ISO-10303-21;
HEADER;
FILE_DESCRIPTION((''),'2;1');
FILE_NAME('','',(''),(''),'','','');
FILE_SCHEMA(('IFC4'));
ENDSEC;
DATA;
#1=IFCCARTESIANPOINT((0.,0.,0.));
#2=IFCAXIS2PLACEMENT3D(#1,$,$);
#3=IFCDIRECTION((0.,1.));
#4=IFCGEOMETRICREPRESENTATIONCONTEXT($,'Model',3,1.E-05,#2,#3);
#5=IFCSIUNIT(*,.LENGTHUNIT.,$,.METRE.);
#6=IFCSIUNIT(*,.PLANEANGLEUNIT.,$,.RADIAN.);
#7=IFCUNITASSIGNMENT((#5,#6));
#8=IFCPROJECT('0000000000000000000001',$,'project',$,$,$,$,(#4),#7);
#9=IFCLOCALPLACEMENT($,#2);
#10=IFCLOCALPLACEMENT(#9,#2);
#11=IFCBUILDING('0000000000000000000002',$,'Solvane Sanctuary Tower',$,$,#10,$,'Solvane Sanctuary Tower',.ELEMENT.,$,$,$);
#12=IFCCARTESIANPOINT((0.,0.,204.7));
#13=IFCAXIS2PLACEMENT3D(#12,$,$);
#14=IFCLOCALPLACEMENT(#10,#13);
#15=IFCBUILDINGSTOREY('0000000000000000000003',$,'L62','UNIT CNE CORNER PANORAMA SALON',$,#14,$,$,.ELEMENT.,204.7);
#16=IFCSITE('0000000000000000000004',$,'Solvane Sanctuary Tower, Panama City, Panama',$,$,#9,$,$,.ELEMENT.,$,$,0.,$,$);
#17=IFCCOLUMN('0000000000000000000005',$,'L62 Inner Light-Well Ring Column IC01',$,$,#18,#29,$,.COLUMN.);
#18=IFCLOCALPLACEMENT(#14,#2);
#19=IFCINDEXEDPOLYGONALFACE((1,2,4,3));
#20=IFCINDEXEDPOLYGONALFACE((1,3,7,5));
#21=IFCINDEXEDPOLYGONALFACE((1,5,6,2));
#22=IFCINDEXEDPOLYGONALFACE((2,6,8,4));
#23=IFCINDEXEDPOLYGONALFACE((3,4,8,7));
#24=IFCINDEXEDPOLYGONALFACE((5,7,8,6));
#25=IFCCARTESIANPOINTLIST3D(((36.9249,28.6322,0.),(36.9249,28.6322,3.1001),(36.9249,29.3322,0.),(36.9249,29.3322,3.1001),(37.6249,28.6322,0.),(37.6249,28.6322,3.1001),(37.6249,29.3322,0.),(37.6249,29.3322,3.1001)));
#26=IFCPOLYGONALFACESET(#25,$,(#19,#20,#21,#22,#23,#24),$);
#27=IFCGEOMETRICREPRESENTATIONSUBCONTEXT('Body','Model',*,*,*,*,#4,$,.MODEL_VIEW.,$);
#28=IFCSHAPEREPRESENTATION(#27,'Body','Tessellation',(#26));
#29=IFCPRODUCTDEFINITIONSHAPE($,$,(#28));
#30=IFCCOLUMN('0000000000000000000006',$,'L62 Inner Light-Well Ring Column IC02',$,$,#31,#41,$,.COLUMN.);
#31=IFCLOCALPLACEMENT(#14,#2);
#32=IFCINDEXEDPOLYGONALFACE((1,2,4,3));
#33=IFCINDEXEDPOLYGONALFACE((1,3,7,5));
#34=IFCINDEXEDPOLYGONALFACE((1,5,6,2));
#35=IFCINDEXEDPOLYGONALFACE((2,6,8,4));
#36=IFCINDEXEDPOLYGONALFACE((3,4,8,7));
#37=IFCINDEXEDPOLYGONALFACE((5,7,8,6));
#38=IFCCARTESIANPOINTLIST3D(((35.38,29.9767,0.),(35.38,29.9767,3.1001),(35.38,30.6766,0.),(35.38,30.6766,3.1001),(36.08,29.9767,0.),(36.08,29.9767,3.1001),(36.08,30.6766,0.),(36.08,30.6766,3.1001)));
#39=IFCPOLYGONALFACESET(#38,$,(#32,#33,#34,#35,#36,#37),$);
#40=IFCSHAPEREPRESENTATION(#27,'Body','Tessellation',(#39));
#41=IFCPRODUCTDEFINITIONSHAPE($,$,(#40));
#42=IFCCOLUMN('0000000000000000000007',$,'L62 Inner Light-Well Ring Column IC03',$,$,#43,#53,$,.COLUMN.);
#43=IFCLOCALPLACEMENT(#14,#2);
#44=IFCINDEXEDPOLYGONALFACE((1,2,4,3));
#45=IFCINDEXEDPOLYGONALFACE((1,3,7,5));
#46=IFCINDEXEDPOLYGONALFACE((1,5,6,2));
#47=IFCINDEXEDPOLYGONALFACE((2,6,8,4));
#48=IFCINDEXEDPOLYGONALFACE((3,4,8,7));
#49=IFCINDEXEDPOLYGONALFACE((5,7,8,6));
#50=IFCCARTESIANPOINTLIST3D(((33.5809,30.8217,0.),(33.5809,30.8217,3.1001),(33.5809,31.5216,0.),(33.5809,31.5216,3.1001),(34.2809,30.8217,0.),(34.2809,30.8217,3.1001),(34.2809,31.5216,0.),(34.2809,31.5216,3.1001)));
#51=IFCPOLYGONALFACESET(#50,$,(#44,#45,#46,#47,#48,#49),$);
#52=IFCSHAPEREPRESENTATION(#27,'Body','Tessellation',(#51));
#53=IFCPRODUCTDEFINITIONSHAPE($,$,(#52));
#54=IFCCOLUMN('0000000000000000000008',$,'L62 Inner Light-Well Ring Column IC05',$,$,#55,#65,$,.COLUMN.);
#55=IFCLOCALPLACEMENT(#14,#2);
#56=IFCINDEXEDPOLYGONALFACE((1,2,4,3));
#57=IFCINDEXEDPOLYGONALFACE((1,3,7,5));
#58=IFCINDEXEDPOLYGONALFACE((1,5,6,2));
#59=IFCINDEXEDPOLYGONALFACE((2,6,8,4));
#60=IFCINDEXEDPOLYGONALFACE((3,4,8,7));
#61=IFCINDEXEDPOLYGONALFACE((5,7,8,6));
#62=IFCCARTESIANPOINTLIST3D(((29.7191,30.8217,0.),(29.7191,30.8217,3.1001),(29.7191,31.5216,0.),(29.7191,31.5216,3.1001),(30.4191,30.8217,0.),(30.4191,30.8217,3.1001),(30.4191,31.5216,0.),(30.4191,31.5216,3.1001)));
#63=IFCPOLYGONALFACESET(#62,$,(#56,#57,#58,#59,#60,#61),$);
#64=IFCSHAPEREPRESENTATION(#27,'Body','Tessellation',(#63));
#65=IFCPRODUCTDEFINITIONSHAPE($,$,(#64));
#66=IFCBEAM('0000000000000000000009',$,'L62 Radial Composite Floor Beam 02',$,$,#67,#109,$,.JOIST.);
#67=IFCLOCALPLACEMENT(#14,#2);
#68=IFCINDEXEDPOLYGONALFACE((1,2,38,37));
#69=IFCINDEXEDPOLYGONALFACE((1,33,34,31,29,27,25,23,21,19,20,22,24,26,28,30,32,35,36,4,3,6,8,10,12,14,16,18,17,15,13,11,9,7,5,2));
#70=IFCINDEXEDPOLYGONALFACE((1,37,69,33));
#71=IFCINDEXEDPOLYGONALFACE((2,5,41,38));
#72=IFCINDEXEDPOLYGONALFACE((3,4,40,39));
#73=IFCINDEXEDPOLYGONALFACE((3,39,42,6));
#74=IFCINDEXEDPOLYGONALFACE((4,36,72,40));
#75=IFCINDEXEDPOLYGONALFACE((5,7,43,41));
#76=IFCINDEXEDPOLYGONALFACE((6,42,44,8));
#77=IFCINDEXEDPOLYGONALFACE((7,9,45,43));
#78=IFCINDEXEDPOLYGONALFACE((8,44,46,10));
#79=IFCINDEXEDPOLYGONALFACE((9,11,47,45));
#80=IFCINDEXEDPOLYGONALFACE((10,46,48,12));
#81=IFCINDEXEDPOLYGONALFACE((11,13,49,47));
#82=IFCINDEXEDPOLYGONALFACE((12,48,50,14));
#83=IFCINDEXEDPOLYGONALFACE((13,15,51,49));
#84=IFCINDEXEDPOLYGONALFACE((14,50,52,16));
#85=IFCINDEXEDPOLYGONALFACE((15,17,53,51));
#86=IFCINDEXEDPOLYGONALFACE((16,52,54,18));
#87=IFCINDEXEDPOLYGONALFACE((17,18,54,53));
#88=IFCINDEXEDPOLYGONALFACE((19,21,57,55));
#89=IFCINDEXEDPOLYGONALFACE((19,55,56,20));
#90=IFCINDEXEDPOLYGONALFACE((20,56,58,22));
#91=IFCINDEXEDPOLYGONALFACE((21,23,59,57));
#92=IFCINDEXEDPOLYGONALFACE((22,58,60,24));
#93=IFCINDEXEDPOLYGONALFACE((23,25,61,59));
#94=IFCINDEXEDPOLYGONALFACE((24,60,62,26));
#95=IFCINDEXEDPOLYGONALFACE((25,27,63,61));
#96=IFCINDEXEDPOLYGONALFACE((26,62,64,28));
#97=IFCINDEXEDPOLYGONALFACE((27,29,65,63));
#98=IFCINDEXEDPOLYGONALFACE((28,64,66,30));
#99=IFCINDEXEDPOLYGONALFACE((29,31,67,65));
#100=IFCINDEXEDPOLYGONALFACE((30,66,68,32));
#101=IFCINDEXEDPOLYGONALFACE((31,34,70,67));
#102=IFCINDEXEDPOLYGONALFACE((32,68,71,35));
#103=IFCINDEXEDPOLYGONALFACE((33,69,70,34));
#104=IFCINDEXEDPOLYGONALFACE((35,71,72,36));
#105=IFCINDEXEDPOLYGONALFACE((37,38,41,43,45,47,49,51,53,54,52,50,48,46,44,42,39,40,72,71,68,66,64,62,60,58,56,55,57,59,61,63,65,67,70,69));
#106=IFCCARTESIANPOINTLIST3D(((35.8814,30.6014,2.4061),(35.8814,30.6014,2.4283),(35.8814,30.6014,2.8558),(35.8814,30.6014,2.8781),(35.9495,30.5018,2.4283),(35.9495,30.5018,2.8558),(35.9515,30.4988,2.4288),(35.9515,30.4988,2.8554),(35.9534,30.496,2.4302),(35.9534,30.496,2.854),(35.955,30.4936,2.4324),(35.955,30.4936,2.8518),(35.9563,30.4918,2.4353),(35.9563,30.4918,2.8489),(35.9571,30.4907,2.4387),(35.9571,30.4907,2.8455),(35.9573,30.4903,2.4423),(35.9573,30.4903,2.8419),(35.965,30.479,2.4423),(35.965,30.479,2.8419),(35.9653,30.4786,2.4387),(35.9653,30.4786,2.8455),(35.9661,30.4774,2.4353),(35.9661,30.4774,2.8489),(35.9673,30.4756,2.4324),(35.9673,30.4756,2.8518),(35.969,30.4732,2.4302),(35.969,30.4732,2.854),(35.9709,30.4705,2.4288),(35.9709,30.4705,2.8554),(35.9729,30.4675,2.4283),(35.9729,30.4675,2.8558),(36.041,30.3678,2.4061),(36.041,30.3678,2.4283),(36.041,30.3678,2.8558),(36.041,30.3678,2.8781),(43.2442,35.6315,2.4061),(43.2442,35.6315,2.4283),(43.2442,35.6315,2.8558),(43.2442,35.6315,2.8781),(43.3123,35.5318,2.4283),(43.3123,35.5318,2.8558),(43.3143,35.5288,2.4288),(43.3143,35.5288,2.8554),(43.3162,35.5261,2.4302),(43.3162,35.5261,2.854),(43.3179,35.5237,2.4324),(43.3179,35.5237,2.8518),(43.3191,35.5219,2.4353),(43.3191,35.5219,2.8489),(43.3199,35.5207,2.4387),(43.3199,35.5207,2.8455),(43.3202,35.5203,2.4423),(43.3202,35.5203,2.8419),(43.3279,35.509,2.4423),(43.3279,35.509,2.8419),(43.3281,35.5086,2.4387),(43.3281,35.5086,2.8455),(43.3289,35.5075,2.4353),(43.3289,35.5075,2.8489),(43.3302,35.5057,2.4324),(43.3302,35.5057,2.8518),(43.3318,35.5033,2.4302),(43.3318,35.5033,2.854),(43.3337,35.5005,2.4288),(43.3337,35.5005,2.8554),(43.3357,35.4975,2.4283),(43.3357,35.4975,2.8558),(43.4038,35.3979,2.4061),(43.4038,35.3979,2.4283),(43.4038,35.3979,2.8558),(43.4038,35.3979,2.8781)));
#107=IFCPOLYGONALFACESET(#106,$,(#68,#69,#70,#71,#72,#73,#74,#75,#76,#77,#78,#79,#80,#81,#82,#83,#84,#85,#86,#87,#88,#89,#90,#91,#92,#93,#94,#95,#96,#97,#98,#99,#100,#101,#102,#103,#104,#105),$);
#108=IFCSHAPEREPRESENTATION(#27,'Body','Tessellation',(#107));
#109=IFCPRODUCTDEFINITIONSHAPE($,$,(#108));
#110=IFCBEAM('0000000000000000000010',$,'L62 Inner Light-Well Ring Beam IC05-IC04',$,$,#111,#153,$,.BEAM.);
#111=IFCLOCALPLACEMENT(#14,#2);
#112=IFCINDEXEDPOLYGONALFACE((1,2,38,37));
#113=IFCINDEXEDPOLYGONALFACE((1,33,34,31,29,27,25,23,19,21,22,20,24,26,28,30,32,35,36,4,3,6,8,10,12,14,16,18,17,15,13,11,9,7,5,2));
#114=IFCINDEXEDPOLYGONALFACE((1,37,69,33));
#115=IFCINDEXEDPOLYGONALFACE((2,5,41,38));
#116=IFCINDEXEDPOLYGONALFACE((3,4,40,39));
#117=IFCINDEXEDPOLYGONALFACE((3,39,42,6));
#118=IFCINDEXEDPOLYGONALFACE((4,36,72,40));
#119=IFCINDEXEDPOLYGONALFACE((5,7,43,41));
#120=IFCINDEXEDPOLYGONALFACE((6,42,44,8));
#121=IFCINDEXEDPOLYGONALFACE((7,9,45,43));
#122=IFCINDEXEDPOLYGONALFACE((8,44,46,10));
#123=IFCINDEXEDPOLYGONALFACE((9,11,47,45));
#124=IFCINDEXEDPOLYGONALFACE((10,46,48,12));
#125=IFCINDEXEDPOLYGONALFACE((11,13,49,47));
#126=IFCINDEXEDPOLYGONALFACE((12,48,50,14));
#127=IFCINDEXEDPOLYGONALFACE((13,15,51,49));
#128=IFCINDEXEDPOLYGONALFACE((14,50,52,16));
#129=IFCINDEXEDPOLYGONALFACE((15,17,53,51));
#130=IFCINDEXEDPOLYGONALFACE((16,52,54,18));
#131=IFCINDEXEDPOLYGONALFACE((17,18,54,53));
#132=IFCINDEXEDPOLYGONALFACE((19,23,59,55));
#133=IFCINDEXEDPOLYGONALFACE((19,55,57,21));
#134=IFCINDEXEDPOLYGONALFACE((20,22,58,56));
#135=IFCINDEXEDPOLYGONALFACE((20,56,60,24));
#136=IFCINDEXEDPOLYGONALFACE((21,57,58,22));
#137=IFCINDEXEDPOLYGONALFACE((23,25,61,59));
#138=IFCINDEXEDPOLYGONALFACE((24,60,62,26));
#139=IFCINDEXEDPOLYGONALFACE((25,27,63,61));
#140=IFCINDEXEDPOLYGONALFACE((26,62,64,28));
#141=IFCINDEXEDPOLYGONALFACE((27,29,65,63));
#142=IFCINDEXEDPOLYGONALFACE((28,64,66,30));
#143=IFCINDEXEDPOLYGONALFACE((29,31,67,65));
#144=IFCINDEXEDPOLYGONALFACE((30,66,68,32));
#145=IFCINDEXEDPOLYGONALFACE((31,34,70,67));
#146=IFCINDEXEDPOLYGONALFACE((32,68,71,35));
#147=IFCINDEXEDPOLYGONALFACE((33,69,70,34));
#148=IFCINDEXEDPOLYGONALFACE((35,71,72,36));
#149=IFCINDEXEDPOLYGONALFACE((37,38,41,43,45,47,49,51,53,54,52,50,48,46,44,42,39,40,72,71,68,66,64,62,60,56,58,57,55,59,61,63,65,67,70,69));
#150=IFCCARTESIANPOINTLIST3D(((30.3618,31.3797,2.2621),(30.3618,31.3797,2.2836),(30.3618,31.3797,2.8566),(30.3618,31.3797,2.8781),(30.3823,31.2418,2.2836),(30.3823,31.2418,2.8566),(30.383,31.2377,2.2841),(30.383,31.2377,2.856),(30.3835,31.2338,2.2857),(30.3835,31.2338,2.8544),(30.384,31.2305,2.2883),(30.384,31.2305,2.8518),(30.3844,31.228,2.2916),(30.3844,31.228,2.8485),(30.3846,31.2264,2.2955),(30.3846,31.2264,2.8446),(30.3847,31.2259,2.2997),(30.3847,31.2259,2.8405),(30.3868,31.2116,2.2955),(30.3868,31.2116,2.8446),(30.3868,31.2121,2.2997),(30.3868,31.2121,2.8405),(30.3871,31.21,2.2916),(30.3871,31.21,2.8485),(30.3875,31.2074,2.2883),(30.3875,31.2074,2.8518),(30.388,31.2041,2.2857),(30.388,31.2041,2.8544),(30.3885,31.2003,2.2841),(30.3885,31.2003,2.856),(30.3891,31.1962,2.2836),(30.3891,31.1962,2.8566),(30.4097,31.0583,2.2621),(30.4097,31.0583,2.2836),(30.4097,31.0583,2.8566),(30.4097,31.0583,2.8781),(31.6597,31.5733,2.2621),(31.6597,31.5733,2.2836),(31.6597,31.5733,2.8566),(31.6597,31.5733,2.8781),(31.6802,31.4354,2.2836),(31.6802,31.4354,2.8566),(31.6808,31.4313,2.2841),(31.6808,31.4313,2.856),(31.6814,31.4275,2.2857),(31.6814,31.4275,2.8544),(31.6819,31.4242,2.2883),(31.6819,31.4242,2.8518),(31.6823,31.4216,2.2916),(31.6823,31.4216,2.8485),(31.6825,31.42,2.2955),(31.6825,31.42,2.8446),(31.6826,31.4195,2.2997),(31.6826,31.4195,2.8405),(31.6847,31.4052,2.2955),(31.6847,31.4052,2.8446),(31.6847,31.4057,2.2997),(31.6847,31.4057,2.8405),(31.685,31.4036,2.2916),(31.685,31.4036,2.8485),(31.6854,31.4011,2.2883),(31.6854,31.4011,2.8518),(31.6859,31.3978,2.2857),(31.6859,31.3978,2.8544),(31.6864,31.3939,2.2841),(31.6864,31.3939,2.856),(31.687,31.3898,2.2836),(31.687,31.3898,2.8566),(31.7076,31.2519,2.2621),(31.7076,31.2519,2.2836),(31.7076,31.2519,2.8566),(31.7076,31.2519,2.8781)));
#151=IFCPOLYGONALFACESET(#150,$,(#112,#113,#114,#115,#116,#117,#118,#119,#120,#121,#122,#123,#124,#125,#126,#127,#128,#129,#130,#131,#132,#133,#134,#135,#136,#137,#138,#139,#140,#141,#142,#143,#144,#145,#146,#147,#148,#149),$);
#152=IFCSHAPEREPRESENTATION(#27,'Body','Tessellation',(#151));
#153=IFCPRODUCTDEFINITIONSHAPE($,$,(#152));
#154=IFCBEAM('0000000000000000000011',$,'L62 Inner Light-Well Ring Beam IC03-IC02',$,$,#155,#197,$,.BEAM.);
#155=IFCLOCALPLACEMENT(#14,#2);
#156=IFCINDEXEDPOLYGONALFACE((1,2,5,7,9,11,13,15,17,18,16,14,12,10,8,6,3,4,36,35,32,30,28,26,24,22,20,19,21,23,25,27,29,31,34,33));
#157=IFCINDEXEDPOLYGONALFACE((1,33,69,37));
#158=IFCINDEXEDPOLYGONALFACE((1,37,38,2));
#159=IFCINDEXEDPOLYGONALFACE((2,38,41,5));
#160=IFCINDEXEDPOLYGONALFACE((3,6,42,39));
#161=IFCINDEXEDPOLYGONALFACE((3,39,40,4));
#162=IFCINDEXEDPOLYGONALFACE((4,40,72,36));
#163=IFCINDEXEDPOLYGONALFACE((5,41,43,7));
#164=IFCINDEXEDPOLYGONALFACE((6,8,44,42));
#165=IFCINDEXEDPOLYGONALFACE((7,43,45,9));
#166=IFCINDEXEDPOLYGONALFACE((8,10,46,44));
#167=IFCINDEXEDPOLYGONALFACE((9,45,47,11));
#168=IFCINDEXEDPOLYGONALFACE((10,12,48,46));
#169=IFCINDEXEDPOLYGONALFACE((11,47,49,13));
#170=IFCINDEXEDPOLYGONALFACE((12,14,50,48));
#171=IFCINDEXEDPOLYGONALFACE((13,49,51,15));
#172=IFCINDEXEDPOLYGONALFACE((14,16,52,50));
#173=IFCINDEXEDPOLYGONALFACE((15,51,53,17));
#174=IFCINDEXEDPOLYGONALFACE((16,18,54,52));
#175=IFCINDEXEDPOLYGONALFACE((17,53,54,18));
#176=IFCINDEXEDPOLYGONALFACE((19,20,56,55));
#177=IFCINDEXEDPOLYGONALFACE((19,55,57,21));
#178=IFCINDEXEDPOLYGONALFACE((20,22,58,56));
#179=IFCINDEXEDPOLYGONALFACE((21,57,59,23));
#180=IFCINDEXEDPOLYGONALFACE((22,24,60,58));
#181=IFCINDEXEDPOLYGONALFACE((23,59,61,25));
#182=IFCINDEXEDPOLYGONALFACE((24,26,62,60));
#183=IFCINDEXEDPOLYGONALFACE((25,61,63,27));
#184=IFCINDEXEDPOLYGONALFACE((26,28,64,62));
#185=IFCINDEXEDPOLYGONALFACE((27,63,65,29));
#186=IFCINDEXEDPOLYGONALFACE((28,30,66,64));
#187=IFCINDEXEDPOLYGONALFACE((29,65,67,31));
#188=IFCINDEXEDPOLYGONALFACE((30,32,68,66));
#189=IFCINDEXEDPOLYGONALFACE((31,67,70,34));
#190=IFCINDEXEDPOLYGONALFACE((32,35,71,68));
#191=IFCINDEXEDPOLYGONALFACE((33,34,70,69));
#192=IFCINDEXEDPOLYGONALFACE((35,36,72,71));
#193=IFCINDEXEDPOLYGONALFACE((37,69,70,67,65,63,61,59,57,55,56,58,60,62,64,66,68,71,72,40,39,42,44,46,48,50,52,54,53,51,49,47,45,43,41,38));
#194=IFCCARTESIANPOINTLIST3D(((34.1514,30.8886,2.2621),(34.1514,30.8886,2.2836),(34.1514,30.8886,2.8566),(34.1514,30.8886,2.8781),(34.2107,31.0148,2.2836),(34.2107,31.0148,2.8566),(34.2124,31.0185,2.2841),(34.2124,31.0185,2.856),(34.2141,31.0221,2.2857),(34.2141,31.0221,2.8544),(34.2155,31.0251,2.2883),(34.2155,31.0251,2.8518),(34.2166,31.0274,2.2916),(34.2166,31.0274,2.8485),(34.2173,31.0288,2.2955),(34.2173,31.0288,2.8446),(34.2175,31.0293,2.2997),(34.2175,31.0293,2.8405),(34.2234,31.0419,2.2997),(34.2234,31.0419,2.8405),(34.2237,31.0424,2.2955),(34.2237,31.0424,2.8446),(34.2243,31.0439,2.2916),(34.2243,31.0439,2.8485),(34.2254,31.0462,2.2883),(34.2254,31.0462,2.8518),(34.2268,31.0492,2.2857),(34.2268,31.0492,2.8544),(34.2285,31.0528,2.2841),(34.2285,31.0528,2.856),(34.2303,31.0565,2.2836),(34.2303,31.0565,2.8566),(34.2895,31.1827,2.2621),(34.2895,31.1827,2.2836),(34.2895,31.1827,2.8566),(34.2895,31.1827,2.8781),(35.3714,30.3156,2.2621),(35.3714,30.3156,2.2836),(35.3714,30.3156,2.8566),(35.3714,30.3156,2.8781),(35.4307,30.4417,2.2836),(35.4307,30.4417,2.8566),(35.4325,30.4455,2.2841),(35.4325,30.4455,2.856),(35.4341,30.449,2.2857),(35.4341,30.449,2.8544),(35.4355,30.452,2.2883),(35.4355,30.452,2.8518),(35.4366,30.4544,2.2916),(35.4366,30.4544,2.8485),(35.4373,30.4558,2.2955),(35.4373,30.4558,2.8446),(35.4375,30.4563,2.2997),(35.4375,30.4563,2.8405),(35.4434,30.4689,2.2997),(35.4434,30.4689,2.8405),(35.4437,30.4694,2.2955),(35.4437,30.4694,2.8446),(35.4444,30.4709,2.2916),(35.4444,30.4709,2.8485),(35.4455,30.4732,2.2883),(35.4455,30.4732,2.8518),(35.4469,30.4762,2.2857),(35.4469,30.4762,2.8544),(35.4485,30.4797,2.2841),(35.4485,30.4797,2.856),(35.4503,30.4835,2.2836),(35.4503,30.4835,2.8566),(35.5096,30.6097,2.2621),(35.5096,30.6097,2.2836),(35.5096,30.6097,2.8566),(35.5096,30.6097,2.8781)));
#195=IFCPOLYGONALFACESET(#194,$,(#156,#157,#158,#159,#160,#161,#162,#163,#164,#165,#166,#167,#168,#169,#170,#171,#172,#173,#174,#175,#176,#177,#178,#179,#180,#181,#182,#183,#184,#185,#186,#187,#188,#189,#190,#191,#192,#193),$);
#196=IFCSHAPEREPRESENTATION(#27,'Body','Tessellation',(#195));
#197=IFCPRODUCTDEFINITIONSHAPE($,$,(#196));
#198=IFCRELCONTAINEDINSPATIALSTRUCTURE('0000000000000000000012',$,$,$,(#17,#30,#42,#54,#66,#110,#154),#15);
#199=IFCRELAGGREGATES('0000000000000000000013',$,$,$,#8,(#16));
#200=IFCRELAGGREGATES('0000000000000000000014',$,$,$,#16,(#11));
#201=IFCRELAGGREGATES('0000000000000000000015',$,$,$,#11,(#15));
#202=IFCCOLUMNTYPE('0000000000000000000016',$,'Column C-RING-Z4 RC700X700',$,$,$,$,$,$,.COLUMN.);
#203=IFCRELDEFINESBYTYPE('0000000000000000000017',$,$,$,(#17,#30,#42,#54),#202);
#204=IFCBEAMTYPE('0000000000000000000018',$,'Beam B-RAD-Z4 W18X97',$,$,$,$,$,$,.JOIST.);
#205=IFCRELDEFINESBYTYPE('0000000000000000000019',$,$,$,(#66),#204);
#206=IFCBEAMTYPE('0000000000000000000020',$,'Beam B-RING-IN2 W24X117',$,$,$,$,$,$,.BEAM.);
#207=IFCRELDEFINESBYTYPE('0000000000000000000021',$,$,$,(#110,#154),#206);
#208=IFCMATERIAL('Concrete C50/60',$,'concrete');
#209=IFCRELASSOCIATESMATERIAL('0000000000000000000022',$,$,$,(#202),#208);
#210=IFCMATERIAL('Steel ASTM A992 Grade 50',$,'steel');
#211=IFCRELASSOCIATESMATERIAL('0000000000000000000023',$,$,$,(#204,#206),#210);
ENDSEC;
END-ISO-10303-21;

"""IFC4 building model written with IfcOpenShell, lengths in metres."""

from ifc_helpers import new_model, si_unit, direction, frame, origin, origin_2d, place, context, subcontext, project, spatial, rectangle, i_section, extrude, material, material_profile, profile_set, type_object, element, save


model = new_model("IFC4")

# Units and contexts
model_context = context("Model", 3, precision=1e-05, world=origin(), true_north=direction((0.0, 1.0)))
body_context = subcontext(model_context, "Body", "Model", "MODEL_VIEW")
ifc_project = project(units=[si_unit("LENGTHUNIT", "METRE"), si_unit("PLANEANGLEUNIT", "RADIAN")], contexts=[model_context])

# Site, building, storey
site_placement = place(None, origin())
site = spatial("IfcSite", under=ifc_project, at=site_placement, Name="Solvane Sanctuary Tower, Panama City, Panama", CompositionType="ELEMENT", RefElevation=0.0)
building_placement = place(site_placement, origin())
building = spatial("IfcBuilding", under=site, at=building_placement, Name="Solvane Sanctuary Tower", LongName="Solvane Sanctuary Tower", CompositionType="ELEMENT")
storey_placement = place(building_placement, frame((0.0, 0.0, 204.7)))
storey = spatial("IfcBuildingStorey", under=building, at=storey_placement, Name="L62", Description="UNIT CNE CORNER PANORAMA SALON", CompositionType="ELEMENT", Elevation=204.7)

# Columns
ifc_material_1 = material(Name="Concrete C50/60", Category="concrete")
ifc_material_profile_1 = material_profile(ifc_material_1, rectangle(XDim=0.7, YDim=0.7, at=origin_2d()), Name="RC700X700")
ifc_profile_set_1 = profile_set([ifc_material_profile_1], Name="Concrete C50/60")
column_type = type_object("IfcColumnType", Name="Column C-RING-Z4 RC700X700", PredefinedType="COLUMN", material=ifc_profile_set_1)
for number, where, z_axis, x_axis, name in (
    (1, (37.2749, 28.9822, 0.0), (0.0, 0.0, 1.0), (1.0, 0.0, 0.0), "L62 Inner Light-Well Ring Column IC01"),
    (2, (35.73, 30.3267, 0.0), (0.0, 0.0, 1.0), (1.0, 0.0, 0.0), "L62 Inner Light-Well Ring Column IC02"),
    (3, (33.9309, 31.1716, 0.0), (0.0, 0.0, 1.0), (1.0, 0.0, 0.0), "L62 Inner Light-Well Ring Column IC03"),
    (4, (30.0691, 31.1716, 0.0), (0.0, 0.0, 1.0), (1.0, 0.0, 0.0), "L62 Inner Light-Well Ring Column IC05"),
):
    element("IfcColumn", number, at=place(storey_placement, frame(where, z_axis=z_axis, x_axis=x_axis)), inside=storey, type_object=column_type, Name=name, PredefinedType="COLUMN", context=body_context, shape_type="SweptSolid", body=[
        extrude(rectangle(XDim=0.7, YDim=0.7, at=origin_2d()), origin(), (0.0, 0.0, 1.0), 3.1001),
    ])

# Beams
ifc_material_2 = material(Name="Steel ASTM A992 Grade 50", Category="steel")
ifc_material_profile_2 = material_profile(ifc_material_2, i_section(OverallWidth=0.283, OverallDepth=0.4719, WebThickness=0.0137, FlangeThickness=0.0222, FilletRadius=0.0139, at=origin_2d()), Name="W18X97")
ifc_profile_set_2 = profile_set([ifc_material_profile_2], Name="Steel ASTM A992 Grade 50")
beam_type_1 = type_object("IfcBeamType", Name="Beam B-RAD-Z4 W18X97", PredefinedType="JOIST", material=ifc_profile_set_2)
beam_1_placement = place(storey_placement, frame((35.9612, 30.4846, 2.6421), z_axis=(0.825708, 0.564098, 0.0), x_axis=(-0.564098, 0.825708, 0.0)))
element("IfcBeam", 5, at=beam_1_placement, inside=storey, type_object=beam_type_1, Name="L62 Radial Composite Floor Beam 02", PredefinedType="JOIST", context=body_context, shape_type="SweptSolid", body=[
    extrude(i_section(OverallWidth=0.283, OverallDepth=0.4719, WebThickness=0.0137, FlangeThickness=0.0222, FilletRadius=0.0139, at=origin_2d()), origin(), (0.0, 0.0, 1.0), 8.917),
])
ifc_material_profile_3 = material_profile(ifc_material_2, i_section(OverallWidth=0.325, OverallDepth=0.616, WebThickness=0.0139, FlangeThickness=0.0215, FilletRadius=0.0161, at=origin_2d()), Name="W24X117")
ifc_profile_set_3 = profile_set([ifc_material_profile_3], Name="Steel ASTM A992 Grade 50")
beam_type_2 = type_object("IfcBeamType", Name="Beam B-RING-IN2 W24X117", PredefinedType="BEAM", material=ifc_profile_set_3)
beam_2_placement = place(storey_placement, frame((30.3857, 31.219, 2.5701), z_axis=(0.989056, 0.14754, 0.0), x_axis=(-0.14754, 0.989056, 0.0)))
element("IfcBeam", 6, at=beam_2_placement, inside=storey, type_object=beam_type_2, Name="L62 Inner Light-Well Ring Beam IC05-IC04", PredefinedType="BEAM", context=body_context, shape_type="SweptSolid", body=[
    extrude(i_section(OverallWidth=0.325, OverallDepth=0.616, WebThickness=0.0139, FlangeThickness=0.0215, FilletRadius=0.0161, at=origin_2d()), origin(), (0.0, 0.0, 1.0), 1.3123),
])
beam_3_placement = place(storey_placement, frame((34.2205, 31.0356, 2.5701), z_axis=(0.905135, -0.425125, 0.0), x_axis=(0.425125, 0.905135, 0.0)))
element("IfcBeam", 7, at=beam_3_placement, inside=storey, type_object=beam_type_2, Name="L62 Inner Light-Well Ring Beam IC03-IC02", PredefinedType="BEAM", context=body_context, shape_type="SweptSolid", body=[
    extrude(i_section(OverallWidth=0.325, OverallDepth=0.616, WebThickness=0.0139, FlangeThickness=0.0215, FilletRadius=0.0161, at=origin_2d()), origin(), (0.0, 0.0, 1.0), 1.3479),
])

save(model, "model.ifc")
